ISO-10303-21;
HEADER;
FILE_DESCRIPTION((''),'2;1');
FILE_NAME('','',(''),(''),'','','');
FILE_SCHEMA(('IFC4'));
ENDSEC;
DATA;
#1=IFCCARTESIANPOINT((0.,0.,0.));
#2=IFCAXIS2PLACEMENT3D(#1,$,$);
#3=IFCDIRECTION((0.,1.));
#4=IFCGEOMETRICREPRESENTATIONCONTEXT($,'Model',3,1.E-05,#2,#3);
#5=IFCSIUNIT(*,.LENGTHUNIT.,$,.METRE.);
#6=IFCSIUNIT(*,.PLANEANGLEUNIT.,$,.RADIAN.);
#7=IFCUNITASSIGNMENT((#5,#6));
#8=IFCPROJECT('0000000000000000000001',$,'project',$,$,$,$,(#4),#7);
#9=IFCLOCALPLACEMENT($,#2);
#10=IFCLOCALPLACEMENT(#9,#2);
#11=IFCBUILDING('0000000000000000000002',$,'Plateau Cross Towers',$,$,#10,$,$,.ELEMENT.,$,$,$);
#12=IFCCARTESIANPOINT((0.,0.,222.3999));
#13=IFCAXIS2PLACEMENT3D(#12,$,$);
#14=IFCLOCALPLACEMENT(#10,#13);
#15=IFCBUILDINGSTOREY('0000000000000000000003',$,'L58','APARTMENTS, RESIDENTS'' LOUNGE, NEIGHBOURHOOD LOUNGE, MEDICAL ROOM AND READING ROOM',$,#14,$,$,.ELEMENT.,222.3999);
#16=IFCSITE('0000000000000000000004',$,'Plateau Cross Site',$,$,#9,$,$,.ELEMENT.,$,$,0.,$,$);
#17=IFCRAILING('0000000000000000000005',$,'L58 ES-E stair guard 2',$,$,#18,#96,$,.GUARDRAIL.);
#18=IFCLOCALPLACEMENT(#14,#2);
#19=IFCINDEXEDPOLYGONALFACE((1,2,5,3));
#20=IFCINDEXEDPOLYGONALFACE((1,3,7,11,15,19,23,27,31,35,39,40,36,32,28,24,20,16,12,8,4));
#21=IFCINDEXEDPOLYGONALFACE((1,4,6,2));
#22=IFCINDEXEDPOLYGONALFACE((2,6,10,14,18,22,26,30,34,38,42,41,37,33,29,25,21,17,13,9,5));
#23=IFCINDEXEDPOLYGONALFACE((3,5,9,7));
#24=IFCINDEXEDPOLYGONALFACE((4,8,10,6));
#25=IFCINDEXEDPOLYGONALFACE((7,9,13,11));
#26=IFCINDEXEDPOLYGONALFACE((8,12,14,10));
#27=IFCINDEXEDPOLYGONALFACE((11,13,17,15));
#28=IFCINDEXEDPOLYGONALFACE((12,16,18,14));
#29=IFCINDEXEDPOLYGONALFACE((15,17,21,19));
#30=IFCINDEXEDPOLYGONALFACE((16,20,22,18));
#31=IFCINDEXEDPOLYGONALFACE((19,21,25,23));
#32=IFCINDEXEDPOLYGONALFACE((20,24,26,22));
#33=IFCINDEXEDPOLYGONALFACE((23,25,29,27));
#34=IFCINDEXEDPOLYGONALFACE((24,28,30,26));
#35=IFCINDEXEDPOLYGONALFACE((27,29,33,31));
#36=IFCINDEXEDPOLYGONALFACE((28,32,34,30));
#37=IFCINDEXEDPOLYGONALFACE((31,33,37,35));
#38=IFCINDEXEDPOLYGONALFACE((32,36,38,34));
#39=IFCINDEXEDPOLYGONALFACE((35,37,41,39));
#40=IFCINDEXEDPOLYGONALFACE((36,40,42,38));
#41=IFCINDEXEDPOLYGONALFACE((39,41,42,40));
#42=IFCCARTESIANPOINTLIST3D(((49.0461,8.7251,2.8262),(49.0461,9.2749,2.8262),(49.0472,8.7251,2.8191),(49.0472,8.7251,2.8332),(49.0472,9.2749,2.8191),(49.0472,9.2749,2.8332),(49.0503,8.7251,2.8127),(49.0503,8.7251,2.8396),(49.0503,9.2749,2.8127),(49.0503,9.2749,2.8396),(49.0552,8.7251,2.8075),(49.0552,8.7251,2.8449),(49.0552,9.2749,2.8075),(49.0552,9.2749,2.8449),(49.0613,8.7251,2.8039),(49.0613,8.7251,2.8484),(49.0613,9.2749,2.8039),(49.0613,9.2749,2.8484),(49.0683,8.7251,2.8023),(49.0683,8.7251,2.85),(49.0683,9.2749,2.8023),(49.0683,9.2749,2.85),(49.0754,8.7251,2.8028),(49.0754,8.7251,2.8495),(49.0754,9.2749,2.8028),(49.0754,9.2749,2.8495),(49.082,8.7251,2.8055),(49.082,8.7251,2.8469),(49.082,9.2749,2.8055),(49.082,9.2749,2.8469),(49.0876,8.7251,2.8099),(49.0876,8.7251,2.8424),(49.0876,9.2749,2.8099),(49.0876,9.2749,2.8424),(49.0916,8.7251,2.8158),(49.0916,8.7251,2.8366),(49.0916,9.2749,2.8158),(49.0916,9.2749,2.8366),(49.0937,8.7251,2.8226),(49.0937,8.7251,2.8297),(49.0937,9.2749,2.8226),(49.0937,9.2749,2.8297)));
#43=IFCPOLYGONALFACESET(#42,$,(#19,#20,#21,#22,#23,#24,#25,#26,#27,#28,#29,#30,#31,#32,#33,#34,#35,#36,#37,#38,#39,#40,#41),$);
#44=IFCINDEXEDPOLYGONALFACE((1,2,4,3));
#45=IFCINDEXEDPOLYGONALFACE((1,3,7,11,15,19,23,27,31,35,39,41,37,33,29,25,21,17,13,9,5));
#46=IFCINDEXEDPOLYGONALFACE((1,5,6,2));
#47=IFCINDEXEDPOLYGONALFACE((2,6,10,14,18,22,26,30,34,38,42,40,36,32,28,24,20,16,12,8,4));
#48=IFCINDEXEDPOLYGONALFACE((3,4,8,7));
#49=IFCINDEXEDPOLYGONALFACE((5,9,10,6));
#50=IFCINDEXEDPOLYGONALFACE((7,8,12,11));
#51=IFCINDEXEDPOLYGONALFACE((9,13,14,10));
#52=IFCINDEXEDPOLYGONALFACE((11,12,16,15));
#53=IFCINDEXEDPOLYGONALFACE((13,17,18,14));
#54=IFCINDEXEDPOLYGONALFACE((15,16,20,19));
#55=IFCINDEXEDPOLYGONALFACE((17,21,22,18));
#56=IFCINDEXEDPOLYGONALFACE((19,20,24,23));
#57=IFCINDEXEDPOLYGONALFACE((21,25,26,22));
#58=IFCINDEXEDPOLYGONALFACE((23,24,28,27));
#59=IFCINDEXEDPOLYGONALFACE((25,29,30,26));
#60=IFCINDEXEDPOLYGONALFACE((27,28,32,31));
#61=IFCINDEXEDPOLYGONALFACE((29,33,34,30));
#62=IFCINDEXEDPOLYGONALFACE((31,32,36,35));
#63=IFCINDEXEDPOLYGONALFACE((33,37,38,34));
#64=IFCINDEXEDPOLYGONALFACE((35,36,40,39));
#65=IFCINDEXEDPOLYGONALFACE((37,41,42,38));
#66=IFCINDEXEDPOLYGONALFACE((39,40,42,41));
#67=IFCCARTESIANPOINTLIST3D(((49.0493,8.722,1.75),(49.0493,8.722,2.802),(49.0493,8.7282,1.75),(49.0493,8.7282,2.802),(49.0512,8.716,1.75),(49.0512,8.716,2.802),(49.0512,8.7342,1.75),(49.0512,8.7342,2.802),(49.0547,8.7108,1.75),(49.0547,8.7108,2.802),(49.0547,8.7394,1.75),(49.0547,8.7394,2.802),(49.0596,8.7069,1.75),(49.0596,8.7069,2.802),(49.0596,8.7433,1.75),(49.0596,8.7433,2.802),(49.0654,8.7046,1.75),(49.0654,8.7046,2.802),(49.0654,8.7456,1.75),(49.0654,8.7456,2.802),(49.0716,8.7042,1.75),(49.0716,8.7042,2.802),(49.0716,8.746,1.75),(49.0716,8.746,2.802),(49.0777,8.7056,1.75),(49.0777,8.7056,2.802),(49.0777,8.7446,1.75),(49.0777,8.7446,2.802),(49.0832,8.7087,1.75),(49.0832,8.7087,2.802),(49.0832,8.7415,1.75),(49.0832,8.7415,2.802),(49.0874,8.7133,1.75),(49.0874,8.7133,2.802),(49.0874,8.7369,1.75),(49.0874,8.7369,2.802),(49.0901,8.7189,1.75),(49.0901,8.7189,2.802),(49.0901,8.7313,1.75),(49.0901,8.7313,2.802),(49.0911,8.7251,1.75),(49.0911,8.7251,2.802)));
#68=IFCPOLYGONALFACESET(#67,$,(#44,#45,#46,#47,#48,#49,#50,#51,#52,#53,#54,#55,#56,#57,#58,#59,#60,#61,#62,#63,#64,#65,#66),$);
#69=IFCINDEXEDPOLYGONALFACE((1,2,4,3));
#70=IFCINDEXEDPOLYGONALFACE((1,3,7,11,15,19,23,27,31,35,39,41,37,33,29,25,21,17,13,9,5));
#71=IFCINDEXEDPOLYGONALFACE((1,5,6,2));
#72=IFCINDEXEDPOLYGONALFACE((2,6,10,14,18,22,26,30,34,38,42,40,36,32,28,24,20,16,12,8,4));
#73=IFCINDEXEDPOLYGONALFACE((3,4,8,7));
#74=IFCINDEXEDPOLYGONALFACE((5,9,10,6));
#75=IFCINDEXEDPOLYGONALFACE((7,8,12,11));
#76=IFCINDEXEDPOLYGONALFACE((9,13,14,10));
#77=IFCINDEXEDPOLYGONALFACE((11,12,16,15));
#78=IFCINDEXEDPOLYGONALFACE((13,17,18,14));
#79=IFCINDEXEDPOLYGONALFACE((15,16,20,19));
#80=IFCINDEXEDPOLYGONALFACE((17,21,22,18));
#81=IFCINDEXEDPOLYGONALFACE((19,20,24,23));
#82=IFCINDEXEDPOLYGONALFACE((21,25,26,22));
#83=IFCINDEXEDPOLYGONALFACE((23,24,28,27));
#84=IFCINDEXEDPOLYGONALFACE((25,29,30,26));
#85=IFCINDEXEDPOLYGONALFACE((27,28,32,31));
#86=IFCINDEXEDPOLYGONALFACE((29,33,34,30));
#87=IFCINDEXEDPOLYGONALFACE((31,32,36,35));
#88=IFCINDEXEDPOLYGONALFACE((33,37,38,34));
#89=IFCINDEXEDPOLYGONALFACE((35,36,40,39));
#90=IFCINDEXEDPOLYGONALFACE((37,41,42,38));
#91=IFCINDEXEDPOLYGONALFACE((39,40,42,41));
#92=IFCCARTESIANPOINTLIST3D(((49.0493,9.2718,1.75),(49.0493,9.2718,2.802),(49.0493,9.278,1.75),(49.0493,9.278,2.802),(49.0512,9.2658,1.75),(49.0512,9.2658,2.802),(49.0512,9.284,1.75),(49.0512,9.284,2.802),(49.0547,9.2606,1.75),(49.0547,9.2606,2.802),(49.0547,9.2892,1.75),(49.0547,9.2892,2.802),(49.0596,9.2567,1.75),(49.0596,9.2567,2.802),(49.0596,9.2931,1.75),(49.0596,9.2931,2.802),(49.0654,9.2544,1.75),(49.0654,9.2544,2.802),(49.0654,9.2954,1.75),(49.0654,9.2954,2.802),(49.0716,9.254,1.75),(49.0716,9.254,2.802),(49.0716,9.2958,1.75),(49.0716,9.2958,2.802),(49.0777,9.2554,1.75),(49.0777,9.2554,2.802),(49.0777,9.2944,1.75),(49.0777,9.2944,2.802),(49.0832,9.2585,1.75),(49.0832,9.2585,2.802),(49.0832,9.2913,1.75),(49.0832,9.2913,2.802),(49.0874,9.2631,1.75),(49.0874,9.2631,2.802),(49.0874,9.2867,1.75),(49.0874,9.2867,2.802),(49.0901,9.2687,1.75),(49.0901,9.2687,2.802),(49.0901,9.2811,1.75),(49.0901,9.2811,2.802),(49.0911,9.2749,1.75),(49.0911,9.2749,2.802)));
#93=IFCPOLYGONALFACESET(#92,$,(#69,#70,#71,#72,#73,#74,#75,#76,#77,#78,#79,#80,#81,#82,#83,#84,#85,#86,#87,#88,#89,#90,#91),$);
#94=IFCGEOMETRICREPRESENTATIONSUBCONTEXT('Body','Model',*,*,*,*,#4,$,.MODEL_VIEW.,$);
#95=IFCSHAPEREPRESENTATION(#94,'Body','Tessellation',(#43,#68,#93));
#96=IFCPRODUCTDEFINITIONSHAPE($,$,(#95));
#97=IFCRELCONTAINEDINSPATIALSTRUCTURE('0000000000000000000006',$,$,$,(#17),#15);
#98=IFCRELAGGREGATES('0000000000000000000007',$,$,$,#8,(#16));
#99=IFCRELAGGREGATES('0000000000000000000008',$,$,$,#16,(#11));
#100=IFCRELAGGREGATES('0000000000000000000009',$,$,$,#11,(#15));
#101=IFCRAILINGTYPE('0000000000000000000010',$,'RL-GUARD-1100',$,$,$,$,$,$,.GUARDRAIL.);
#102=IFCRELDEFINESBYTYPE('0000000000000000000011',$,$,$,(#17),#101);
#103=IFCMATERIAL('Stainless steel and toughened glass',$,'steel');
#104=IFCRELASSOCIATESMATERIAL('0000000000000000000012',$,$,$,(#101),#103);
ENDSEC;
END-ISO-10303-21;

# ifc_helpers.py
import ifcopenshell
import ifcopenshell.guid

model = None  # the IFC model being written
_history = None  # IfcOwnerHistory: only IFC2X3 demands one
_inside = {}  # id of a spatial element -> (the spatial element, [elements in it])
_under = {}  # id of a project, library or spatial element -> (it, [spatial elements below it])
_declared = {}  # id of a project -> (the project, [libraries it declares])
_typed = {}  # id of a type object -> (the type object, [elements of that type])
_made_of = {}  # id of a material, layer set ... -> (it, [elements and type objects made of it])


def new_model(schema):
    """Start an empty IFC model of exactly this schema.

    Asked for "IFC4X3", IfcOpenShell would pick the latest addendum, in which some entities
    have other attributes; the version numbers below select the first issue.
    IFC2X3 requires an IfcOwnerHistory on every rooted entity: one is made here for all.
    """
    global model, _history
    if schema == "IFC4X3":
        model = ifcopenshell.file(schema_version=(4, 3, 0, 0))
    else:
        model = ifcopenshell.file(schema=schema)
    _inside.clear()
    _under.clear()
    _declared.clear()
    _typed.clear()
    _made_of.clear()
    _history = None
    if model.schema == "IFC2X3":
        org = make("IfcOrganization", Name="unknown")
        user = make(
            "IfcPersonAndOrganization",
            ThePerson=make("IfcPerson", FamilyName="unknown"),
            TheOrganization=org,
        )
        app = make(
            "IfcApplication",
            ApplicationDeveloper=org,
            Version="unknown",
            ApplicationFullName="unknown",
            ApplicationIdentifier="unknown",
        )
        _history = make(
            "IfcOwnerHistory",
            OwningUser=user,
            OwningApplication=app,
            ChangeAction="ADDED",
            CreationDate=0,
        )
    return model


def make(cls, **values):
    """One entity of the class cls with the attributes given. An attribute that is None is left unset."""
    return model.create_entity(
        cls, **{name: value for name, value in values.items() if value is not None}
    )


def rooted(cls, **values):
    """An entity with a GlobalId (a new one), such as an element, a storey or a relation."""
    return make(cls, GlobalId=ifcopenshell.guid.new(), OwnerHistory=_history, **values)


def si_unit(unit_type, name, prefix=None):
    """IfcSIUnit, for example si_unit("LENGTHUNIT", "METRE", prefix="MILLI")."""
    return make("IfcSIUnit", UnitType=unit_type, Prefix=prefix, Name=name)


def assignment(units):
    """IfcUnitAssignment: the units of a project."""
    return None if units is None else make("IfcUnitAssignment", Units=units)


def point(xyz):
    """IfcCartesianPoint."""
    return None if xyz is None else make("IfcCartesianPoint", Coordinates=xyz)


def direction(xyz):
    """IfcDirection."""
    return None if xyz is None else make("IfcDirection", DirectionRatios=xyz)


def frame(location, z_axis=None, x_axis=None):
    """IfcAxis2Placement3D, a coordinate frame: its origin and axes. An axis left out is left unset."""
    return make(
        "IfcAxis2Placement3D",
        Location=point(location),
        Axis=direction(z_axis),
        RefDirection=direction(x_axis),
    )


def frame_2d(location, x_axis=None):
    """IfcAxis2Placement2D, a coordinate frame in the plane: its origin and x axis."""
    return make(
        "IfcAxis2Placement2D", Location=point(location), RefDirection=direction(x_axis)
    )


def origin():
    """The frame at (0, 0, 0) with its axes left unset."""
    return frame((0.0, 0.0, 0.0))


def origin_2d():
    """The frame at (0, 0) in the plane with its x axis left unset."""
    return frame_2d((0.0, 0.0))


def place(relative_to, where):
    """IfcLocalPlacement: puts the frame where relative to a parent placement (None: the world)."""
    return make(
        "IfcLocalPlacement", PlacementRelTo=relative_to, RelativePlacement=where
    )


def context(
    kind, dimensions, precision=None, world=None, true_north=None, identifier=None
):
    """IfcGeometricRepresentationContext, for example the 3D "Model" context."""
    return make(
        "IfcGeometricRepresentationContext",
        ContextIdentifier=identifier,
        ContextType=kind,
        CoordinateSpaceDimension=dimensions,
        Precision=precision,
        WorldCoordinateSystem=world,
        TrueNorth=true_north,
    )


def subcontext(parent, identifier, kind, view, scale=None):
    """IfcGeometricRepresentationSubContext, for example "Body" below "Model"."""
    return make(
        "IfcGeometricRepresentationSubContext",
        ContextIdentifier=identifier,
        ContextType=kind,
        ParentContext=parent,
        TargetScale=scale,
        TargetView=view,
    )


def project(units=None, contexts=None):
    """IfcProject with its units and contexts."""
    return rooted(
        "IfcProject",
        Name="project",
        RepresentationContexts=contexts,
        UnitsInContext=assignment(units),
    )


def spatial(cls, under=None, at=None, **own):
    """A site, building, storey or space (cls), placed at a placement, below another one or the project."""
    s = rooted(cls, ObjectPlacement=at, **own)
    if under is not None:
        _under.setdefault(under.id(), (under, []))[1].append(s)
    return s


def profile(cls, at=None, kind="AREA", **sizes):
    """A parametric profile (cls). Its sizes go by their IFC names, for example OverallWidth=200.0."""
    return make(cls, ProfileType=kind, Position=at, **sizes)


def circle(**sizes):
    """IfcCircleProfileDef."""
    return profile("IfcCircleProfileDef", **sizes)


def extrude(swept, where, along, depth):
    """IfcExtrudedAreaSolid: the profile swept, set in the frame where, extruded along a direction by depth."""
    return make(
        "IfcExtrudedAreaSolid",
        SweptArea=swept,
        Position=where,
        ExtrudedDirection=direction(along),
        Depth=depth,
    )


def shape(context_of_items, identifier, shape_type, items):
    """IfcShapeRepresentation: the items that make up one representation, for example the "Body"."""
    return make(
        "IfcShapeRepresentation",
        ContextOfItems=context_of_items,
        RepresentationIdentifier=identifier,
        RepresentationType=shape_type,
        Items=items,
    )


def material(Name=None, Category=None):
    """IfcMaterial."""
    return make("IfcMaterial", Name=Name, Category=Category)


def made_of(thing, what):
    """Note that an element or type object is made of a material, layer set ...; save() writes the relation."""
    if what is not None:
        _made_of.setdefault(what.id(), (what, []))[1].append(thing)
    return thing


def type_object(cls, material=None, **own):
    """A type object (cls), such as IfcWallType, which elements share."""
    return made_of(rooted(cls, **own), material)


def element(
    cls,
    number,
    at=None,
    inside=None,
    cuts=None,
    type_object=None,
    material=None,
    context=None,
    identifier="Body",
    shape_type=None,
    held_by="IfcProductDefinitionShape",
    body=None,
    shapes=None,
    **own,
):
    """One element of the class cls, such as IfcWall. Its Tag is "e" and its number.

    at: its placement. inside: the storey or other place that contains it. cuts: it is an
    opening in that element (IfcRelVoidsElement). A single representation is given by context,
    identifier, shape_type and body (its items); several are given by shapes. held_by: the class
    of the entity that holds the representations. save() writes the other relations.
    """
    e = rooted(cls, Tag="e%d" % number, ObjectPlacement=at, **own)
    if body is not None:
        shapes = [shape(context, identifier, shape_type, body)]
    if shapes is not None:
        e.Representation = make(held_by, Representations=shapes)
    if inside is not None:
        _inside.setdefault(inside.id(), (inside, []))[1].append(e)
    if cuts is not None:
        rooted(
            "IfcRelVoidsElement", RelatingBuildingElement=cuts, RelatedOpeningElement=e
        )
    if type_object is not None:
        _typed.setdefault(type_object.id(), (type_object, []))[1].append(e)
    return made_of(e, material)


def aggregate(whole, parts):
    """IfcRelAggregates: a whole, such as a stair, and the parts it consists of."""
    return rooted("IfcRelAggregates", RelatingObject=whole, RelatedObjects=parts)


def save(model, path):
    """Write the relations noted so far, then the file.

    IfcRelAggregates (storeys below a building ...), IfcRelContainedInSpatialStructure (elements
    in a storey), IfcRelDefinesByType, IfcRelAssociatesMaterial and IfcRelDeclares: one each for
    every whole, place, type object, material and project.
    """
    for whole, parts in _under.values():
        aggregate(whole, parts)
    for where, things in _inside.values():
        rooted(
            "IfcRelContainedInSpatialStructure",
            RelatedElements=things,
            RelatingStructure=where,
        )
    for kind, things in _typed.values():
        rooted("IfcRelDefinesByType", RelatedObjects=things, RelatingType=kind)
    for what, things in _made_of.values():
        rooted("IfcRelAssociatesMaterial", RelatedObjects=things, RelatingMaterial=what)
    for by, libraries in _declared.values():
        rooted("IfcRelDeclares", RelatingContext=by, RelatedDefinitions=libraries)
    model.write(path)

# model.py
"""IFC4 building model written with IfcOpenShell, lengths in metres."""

from ifc_helpers import new_model, si_unit, direction, frame, origin, origin_2d, place, context, subcontext, project, spatial, circle, extrude, material, type_object, element, save


model = new_model("IFC4")

# Units and contexts
model_context = context("Model", 3, precision=1e-05, world=origin(), true_north=direction((0.0, 1.0)))
body_context = subcontext(model_context, "Body", "Model", "MODEL_VIEW")
ifc_project = project(units=[si_unit("LENGTHUNIT", "METRE"), si_unit("PLANEANGLEUNIT", "RADIAN")], contexts=[model_context])

# Site, building, storey
site_placement = place(None, origin())
site = spatial("IfcSite", under=ifc_project, at=site_placement, Name="Plateau Cross Site", CompositionType="ELEMENT", RefElevation=0.0)
building_placement = place(site_placement, origin())
building = spatial("IfcBuilding", under=site, at=building_placement, Name="Plateau Cross Towers", CompositionType="ELEMENT")
storey_placement = place(building_placement, frame((0.0, 0.0, 222.3999)))
storey = spatial("IfcBuildingStorey", under=building, at=storey_placement, Name="L58", Description="APARTMENTS, RESIDENTS' LOUNGE, NEIGHBOURHOOD LOUNGE, MEDICAL ROOM AND READING ROOM", CompositionType="ELEMENT", Elevation=222.3999)

# Railing
ifc_material_1 = material(Name="Stainless steel and toughened glass", Category="steel")
railing_type_1 = type_object("IfcRailingType", Name="RL-GUARD-1100", PredefinedType="GUARDRAIL", material=ifc_material_1)
railing_1_placement = place(storey_placement, frame((49.0701, 8.7251, 1.75)))
element("IfcRailing", 1, at=railing_1_placement, inside=storey, type_object=railing_type_1, Name="L58 ES-E stair guard 2", PredefinedType="GUARDRAIL", context=body_context, shape_type="SweptSolid", body=[
    extrude(circle(Radius=0.0239, at=origin_2d()), frame((0.0, 0.0, 1.0762), z_axis=(0.0, 1.0, 0.0), x_axis=(-1.0, 0.0, 0.0)), (0.0, 0.0, 1.0), 0.5498),
    extrude(circle(Radius=0.021, at=origin_2d()), origin(), (0.0, 0.0, 1.0), 1.052),
    extrude(circle(Radius=0.021, at=origin_2d()), frame((0.0, 0.5498, 0.0)), (0.0, 0.0, 1.0), 1.052),
])

save(model, "model.ifc")
